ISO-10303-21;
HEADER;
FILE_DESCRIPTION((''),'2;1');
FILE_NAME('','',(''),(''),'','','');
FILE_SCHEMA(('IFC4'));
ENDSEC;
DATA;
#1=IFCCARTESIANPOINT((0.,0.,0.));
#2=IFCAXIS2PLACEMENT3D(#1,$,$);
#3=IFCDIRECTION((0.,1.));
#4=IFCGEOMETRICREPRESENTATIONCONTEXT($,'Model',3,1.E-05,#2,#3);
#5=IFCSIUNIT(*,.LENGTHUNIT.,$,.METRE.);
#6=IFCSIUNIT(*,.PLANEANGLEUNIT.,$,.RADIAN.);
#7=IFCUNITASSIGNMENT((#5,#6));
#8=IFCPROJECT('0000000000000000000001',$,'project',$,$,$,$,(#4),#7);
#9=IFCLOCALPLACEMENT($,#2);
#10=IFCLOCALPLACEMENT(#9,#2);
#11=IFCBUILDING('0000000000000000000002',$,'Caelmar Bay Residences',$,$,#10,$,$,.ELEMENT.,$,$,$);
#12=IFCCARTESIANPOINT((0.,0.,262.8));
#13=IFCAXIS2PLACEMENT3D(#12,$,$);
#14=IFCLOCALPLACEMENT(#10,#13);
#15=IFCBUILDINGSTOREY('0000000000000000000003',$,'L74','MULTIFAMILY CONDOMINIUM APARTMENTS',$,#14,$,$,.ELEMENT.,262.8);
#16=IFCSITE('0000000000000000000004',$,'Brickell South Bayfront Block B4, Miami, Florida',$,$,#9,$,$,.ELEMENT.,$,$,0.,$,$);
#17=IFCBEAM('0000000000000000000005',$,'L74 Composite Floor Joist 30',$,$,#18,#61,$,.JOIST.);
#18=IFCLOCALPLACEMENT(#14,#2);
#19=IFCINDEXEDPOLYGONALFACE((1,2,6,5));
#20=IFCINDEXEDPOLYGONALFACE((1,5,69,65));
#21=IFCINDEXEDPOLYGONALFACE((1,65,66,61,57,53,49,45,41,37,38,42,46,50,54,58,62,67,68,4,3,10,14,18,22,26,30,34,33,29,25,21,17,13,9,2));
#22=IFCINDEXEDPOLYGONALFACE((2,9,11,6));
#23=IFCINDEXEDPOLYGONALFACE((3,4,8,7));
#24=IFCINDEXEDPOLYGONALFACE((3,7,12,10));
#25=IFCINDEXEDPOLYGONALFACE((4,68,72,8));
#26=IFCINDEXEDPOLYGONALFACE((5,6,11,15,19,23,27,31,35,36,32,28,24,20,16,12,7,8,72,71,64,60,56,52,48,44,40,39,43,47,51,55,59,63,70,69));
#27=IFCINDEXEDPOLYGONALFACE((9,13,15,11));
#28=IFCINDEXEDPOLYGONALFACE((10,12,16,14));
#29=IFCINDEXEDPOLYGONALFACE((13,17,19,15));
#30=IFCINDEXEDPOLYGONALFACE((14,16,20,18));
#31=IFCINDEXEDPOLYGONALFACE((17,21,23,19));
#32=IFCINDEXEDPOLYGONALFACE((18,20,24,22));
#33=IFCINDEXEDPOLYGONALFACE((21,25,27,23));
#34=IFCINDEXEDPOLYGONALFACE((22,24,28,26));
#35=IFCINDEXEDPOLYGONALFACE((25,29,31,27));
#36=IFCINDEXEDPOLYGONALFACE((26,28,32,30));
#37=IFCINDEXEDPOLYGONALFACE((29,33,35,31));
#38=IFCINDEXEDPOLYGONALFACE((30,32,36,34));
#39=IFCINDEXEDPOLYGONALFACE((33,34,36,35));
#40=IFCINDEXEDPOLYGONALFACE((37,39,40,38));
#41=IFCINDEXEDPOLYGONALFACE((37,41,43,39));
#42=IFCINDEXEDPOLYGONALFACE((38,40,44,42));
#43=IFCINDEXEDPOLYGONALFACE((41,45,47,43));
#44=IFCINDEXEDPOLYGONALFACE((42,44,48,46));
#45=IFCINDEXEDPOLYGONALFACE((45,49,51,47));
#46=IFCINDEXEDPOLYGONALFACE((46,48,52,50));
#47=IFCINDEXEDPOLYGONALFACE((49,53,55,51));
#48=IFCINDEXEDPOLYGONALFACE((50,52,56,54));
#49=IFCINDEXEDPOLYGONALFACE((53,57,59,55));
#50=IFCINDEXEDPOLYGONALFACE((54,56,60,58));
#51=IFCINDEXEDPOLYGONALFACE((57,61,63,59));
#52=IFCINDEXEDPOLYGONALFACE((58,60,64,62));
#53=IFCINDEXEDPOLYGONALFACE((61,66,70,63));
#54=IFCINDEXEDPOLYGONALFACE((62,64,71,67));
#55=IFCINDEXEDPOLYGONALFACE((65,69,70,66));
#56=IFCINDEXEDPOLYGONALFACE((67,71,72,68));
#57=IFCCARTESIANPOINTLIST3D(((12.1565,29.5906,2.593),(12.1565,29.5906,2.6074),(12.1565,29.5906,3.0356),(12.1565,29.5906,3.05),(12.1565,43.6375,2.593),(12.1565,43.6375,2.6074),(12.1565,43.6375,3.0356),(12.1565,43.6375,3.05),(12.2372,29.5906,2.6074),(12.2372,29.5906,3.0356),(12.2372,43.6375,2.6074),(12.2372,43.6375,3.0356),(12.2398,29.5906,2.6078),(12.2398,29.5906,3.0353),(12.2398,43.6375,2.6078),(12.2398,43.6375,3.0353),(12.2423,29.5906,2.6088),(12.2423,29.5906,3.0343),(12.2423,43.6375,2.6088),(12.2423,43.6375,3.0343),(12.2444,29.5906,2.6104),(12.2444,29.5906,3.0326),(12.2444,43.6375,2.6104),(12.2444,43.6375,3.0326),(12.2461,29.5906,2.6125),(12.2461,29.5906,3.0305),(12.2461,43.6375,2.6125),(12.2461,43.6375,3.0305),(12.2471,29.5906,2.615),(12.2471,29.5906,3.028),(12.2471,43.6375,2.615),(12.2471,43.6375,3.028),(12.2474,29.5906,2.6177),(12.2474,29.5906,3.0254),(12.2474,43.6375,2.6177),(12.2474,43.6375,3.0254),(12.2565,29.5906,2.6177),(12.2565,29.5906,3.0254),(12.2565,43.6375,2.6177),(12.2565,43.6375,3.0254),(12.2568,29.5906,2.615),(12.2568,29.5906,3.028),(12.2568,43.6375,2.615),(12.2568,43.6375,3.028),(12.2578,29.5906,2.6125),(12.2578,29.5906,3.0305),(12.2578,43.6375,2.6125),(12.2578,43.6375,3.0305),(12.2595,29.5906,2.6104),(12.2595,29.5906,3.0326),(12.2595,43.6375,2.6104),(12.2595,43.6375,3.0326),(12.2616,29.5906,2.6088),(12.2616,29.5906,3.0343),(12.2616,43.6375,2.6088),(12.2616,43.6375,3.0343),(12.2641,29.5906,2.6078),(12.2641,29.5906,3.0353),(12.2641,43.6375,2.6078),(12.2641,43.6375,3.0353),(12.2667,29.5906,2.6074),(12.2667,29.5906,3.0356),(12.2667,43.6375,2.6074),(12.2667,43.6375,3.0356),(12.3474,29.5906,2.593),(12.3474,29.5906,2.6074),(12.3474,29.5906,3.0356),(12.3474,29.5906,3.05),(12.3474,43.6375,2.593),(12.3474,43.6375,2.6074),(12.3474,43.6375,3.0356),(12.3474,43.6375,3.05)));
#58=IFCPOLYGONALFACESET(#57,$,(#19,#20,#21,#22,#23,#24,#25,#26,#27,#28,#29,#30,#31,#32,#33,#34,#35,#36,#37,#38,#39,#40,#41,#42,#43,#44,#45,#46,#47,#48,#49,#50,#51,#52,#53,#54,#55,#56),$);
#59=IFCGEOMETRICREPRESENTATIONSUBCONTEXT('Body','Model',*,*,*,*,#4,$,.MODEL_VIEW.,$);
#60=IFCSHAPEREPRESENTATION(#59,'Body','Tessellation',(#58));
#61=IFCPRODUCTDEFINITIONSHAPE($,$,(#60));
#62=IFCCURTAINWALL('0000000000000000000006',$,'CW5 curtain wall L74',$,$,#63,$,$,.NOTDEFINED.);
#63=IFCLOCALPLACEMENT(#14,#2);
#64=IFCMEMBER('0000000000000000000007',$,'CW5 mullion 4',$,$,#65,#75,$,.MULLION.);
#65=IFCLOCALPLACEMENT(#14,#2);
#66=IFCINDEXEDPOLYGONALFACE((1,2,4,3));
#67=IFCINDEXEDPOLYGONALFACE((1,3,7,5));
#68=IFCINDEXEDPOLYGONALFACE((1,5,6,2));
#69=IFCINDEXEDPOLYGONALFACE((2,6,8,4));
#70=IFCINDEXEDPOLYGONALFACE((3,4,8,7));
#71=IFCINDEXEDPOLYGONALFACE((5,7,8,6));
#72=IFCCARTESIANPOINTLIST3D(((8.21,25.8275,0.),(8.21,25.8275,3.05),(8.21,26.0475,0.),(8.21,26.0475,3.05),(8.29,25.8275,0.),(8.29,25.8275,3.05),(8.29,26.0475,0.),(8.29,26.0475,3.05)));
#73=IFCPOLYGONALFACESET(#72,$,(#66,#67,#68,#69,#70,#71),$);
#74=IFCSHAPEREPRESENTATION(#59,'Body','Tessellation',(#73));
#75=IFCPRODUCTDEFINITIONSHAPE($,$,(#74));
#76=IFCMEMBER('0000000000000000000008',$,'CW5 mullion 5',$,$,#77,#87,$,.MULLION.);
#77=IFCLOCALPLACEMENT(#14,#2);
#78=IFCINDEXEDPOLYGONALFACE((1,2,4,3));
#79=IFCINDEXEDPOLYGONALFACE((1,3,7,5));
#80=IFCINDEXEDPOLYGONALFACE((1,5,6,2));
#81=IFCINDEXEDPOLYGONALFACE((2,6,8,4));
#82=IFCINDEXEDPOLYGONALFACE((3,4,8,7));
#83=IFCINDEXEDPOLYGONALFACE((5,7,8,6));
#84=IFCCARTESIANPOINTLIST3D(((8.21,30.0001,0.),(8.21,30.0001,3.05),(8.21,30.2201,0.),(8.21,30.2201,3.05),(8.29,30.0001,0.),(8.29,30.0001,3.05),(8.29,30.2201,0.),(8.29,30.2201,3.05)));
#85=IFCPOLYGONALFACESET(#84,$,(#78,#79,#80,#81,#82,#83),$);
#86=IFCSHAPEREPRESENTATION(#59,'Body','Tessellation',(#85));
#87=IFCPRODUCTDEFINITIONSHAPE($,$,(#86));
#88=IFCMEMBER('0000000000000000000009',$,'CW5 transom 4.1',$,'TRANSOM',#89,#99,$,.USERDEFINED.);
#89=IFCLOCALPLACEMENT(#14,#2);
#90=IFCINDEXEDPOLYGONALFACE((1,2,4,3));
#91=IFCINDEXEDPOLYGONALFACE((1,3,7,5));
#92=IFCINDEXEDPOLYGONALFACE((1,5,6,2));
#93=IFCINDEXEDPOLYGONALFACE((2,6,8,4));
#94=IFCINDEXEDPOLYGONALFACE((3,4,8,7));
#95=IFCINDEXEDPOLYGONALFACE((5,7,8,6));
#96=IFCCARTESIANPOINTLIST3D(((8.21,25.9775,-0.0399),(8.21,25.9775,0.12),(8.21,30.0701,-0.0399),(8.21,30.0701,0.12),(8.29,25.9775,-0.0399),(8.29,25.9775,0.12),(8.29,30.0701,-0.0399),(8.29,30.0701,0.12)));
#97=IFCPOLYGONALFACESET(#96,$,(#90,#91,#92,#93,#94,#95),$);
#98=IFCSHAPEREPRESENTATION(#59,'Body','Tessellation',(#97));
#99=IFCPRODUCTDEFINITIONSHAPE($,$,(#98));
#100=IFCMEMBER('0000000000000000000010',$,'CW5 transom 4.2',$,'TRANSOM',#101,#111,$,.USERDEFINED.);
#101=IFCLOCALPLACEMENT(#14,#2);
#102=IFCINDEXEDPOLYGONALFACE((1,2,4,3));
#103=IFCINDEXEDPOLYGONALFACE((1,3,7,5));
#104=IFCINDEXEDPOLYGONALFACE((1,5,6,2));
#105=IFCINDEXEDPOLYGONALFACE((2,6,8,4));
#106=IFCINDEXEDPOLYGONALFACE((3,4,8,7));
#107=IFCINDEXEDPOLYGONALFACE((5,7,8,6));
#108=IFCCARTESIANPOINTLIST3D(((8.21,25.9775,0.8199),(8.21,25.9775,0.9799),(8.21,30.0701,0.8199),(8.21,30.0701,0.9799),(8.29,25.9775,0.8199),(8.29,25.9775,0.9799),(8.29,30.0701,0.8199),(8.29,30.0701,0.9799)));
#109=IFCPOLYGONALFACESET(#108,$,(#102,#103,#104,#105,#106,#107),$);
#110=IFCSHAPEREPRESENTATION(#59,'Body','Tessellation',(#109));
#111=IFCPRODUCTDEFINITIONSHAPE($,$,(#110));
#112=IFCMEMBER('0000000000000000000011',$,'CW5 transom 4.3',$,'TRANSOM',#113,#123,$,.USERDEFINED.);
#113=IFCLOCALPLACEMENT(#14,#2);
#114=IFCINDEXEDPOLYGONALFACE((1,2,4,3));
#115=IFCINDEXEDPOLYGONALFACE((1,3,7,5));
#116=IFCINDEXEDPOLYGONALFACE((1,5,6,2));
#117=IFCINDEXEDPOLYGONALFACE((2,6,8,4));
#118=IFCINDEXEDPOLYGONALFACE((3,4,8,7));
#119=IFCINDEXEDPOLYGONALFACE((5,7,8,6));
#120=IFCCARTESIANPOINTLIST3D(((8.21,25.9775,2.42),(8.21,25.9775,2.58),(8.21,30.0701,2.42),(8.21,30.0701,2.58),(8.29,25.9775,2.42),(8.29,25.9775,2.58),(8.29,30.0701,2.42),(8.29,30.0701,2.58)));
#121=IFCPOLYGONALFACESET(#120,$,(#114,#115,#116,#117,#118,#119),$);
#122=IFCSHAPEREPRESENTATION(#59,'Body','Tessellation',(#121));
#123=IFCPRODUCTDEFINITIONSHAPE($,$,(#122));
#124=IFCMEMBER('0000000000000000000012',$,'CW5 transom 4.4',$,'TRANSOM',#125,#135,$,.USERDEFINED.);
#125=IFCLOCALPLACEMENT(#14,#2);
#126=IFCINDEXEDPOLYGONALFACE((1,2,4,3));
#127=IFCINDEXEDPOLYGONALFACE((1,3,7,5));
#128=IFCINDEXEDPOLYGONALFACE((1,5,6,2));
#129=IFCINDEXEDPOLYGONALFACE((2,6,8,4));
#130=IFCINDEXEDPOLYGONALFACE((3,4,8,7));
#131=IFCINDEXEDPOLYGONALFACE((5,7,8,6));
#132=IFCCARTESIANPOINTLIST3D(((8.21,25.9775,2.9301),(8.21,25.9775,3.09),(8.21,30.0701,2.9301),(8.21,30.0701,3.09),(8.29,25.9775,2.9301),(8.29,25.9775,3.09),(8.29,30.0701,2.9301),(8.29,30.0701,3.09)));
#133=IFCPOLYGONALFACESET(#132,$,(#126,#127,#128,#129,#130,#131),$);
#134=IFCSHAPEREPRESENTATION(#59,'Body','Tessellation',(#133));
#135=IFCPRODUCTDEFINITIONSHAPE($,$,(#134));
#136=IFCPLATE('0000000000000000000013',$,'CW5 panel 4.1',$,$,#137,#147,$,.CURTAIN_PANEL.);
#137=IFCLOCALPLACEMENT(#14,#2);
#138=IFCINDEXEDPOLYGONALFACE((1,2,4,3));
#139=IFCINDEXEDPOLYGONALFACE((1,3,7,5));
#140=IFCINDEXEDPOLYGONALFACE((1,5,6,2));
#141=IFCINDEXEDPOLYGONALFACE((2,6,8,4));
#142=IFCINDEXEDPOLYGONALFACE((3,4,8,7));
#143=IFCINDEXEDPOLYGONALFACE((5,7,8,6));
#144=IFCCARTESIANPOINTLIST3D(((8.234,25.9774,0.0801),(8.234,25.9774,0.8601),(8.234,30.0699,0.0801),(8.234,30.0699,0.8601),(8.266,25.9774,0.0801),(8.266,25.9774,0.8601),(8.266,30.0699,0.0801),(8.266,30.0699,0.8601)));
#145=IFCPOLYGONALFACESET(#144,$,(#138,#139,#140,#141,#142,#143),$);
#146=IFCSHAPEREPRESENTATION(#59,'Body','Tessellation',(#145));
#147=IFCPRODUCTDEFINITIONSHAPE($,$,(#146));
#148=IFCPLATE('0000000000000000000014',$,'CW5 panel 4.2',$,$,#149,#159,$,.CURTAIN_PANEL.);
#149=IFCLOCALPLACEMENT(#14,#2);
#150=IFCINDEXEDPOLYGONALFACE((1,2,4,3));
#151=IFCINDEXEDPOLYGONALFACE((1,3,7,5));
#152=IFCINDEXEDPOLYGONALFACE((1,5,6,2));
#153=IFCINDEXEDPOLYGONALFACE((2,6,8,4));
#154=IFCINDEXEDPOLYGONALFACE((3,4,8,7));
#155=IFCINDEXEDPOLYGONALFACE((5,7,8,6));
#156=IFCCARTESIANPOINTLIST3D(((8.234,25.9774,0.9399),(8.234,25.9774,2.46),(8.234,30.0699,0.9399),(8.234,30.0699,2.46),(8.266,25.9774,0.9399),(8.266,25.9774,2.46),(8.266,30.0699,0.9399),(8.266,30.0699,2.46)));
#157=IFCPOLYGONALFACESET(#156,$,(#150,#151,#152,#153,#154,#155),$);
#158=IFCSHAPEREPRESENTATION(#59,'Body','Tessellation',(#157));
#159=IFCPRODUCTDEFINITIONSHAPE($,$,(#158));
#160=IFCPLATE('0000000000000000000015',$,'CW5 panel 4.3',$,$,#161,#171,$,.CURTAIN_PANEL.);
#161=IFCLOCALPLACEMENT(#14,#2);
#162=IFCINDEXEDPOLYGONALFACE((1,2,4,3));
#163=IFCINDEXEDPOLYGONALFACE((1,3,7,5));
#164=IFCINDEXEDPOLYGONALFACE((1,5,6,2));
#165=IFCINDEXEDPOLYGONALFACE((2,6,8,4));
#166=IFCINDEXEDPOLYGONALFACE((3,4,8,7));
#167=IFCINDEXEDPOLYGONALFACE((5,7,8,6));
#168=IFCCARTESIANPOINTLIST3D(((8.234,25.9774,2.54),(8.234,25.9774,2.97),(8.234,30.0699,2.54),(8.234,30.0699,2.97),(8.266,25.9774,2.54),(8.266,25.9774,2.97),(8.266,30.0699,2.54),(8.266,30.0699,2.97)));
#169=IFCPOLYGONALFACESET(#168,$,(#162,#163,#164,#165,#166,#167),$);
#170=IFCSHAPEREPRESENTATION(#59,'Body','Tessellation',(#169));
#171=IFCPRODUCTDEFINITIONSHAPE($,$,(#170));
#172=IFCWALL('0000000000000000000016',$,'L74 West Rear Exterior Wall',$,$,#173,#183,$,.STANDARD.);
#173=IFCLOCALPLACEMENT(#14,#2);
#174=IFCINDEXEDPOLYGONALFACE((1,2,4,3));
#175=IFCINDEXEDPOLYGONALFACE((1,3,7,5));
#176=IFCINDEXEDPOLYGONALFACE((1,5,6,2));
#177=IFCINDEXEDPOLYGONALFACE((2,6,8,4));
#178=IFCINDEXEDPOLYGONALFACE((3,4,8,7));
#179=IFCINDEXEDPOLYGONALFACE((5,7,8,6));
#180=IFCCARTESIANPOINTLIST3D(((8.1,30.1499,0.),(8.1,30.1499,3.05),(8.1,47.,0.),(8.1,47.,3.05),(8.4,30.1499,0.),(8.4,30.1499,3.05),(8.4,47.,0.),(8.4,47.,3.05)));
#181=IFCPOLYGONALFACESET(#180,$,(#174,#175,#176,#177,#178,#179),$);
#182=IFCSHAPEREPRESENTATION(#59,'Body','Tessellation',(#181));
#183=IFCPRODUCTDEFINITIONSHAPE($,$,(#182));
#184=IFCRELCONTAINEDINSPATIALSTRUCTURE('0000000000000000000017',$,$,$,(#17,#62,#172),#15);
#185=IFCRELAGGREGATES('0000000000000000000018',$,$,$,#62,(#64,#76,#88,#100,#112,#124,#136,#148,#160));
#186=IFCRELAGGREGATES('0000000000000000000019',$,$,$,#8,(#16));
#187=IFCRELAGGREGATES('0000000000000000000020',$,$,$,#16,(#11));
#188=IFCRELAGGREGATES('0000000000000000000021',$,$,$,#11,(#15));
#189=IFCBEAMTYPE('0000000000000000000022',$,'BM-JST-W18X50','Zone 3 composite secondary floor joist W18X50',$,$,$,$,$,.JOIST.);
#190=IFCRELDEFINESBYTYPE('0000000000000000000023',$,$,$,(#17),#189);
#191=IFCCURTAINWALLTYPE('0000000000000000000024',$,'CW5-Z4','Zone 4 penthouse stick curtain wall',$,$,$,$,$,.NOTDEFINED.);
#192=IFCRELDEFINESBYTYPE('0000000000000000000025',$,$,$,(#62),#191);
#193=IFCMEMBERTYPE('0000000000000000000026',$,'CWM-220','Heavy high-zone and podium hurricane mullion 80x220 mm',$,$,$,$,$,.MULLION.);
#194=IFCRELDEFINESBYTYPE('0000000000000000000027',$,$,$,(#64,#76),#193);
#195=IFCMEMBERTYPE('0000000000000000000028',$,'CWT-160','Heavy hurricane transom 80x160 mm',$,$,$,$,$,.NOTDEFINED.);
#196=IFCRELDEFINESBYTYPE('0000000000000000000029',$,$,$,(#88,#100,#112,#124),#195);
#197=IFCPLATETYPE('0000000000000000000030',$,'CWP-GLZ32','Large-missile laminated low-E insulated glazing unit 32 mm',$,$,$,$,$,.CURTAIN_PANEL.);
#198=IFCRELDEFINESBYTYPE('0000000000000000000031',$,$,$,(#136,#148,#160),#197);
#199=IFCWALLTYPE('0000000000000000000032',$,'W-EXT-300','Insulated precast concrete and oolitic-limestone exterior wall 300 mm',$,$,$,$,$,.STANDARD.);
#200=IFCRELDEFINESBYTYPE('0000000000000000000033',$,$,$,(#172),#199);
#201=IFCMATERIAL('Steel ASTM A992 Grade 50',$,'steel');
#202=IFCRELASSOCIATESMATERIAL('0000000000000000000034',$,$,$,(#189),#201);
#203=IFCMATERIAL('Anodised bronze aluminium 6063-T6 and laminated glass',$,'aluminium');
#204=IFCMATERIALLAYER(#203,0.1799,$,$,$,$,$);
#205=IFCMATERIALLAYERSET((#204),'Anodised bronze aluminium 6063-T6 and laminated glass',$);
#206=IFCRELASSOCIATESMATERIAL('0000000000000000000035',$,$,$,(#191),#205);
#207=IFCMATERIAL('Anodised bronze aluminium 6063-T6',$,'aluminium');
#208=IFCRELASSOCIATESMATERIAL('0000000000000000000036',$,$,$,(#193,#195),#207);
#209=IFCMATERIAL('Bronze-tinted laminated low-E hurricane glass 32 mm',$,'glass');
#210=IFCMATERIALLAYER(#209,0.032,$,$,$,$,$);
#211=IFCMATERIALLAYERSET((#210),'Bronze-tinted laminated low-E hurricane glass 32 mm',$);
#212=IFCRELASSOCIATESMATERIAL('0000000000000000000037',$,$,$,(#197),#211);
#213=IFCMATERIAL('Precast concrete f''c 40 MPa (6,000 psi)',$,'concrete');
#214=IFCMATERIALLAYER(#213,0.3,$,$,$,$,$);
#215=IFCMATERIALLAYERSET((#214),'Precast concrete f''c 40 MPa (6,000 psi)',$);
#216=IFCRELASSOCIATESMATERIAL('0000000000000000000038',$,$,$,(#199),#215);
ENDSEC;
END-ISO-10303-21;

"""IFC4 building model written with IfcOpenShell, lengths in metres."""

from ifc_helpers import new_model, si_unit, direction, frame, frame_2d, origin, origin_2d, place, context, subcontext, project, spatial, rectangle, i_section, extrude, material, layer, layer_set, material_profile, profile_set, type_object, element, aggregate, save


model = new_model("IFC4")

# Units and contexts
model_context = context("Model", 3, precision=1e-05, world=origin(), true_north=direction((0.0, 1.0)))
body_context = subcontext(model_context, "Body", "Model", "MODEL_VIEW")
ifc_project = project(units=[si_unit("LENGTHUNIT", "METRE"), si_unit("PLANEANGLEUNIT", "RADIAN")], contexts=[model_context])

# Site, building, storey
site_placement = place(None, origin())
site = spatial("IfcSite", under=ifc_project, at=site_placement, Name="Brickell South Bayfront Block B4, Miami, Florida", CompositionType="ELEMENT", RefElevation=0.0)
building_placement = place(site_placement, origin())
building = spatial("IfcBuilding", under=site, at=building_placement, Name="Caelmar Bay Residences", CompositionType="ELEMENT")
storey_placement = place(building_placement, frame((0.0, 0.0, 262.8)))
storey = spatial("IfcBuildingStorey", under=building, at=storey_placement, Name="L74", Description="MULTIFAMILY CONDOMINIUM APARTMENTS", CompositionType="ELEMENT", Elevation=262.8)

# Beam
ifc_material_1 = material(Name="Steel ASTM A992 Grade 50", Category="steel")
ifc_material_profile_1 = material_profile(ifc_material_1, i_section(OverallWidth=0.1909, OverallDepth=0.457, WebThickness=0.009, FlangeThickness=0.0144, FilletRadius=0.0103, at=origin_2d()), Name="W18X50")
ifc_profile_set_1 = profile_set([ifc_material_profile_1], Name="Steel ASTM A992 Grade 50")
beam_type_1 = type_object("IfcBeamType", Name="BM-JST-W18X50", Description="Zone 3 composite secondary floor joist W18X50", PredefinedType="JOIST", material=ifc_profile_set_1)
beam_1_placement = place(storey_placement, frame((12.252, 29.5906, 2.8215), z_axis=(0.0, 1.0, 0.0), x_axis=(-1.0, 0.0, 0.0)))
element("IfcBeam", 1, at=beam_1_placement, inside=storey, type_object=beam_type_1, Name="L74 Composite Floor Joist 30", PredefinedType="JOIST", context=body_context, shape_type="SweptSolid", body=[
    extrude(i_section(OverallWidth=0.1909, OverallDepth=0.457, WebThickness=0.009, FlangeThickness=0.0144, FilletRadius=0.0103, at=origin_2d()), origin(), (0.0, 0.0, 1.0), 14.0469),
])

# Curtain wall, members, plates
ifc_material_2 = material(Name="Anodised bronze aluminium 6063-T6 and laminated glass", Category="aluminium")
ifc_layer_1 = layer(ifc_material_2, 0.1799)
ifc_layer_set_1 = layer_set([ifc_layer_1], Name="Anodised bronze aluminium 6063-T6 and laminated glass")
curtain_wall_type = type_object("IfcCurtainWallType", Name="CW5-Z4", Description="Zone 4 penthouse stick curtain wall", PredefinedType="NOTDEFINED", material=ifc_layer_set_1)
curtain_wall_placement = place(storey_placement, origin())
curtain_wall = element("IfcCurtainWall", 2, at=curtain_wall_placement, inside=storey, type_object=curtain_wall_type, Name="CW5 curtain wall L74", PredefinedType="NOTDEFINED")
ifc_material_3 = material(Name="Anodised bronze aluminium 6063-T6", Category="aluminium")
ifc_material_profile_2 = material_profile(ifc_material_3, rectangle(XDim=0.0801, YDim=0.22, at=origin_2d()), Name="CWM-80X220")
ifc_profile_set_2 = profile_set([ifc_material_profile_2], Name="Anodised bronze aluminium 6063-T6")
member_type_1 = type_object("IfcMemberType", Name="CWM-220", Description="Heavy high-zone and podium hurricane mullion 80x220 mm", PredefinedType="MULLION", material=ifc_profile_set_2)
member_1_placement = place(storey_placement, frame((8.25, 25.9375, 0.0), z_axis=(0.0, 0.0, 1.0), x_axis=(-1.0, 0.0, 0.0)))
member_1 = element("IfcMember", 3, at=member_1_placement, type_object=member_type_1, Name="CW5 mullion 4", PredefinedType="MULLION", context=body_context, shape_type="SweptSolid", body=[
    extrude(rectangle(XDim=0.0801, YDim=0.22, at=origin_2d()), origin(), (0.0, 0.0, 1.0), 3.05),
])
member_2_placement = place(storey_placement, frame((8.25, 30.1101, 0.0), z_axis=(0.0, 0.0, 1.0), x_axis=(-1.0, 0.0, 0.0)))
member_2 = element("IfcMember", 4, at=member_2_placement, type_object=member_type_1, Name="CW5 mullion 5", PredefinedType="MULLION", context=body_context, shape_type="SweptSolid", body=[
    extrude(rectangle(XDim=0.0801, YDim=0.22, at=origin_2d()), origin(), (0.0, 0.0, 1.0), 3.05),
])
ifc_material_profile_3 = material_profile(ifc_material_3, rectangle(XDim=0.0801, YDim=0.1599, at=origin_2d()), Name="CWT-80X160")
ifc_profile_set_3 = profile_set([ifc_material_profile_3], Name="Anodised bronze aluminium 6063-T6")
member_type_2 = type_object("IfcMemberType", Name="CWT-160", Description="Heavy hurricane transom 80x160 mm", PredefinedType="NOTDEFINED", material=ifc_profile_set_3)
member_3_placement = place(storey_placement, frame((8.25, 25.9775, 0.04), z_axis=(0.0, 1.0, 0.0), x_axis=(-1.0, 0.0, 0.0)))
member_3 = element("IfcMember", 5, at=member_3_placement, type_object=member_type_2, Name="CW5 transom 4.1", ObjectType="TRANSOM", PredefinedType="USERDEFINED", context=body_context, shape_type="SweptSolid", body=[
    extrude(rectangle(XDim=0.0801, YDim=0.1599, at=origin_2d()), origin(), (0.0, 0.0, 1.0), 4.0925),
])
member_4_placement = place(storey_placement, frame((8.25, 25.9775, 0.8999), z_axis=(0.0, 1.0, 0.0), x_axis=(-1.0, 0.0, 0.0)))
member_4 = element("IfcMember", 6, at=member_4_placement, type_object=member_type_2, Name="CW5 transom 4.2", ObjectType="TRANSOM", PredefinedType="USERDEFINED", context=body_context, shape_type="SweptSolid", body=[
    extrude(rectangle(XDim=0.0801, YDim=0.1599, at=origin_2d()), origin(), (0.0, 0.0, 1.0), 4.0925),
])
member_5_placement = place(storey_placement, frame((8.25, 25.9775, 2.5), z_axis=(0.0, 1.0, 0.0), x_axis=(-1.0, 0.0, 0.0)))
member_5 = element("IfcMember", 7, at=member_5_placement, type_object=member_type_2, Name="CW5 transom 4.3", ObjectType="TRANSOM", PredefinedType="USERDEFINED", context=body_context, shape_type="SweptSolid", body=[
    extrude(rectangle(XDim=0.0801, YDim=0.1599, at=origin_2d()), origin(), (0.0, 0.0, 1.0), 4.0925),
])
member_6_placement = place(storey_placement, frame((8.25, 25.9775, 3.01), z_axis=(0.0, 1.0, 0.0), x_axis=(-1.0, 0.0, 0.0)))
member_6 = element("IfcMember", 8, at=member_6_placement, type_object=member_type_2, Name="CW5 transom 4.4", ObjectType="TRANSOM", PredefinedType="USERDEFINED", context=body_context, shape_type="SweptSolid", body=[
    extrude(rectangle(XDim=0.0801, YDim=0.1599, at=origin_2d()), origin(), (0.0, 0.0, 1.0), 4.0925),
])
ifc_material_4 = material(Name="Bronze-tinted laminated low-E hurricane glass 32 mm", Category="glass")
ifc_layer_2 = layer(ifc_material_4, 0.032)
ifc_layer_set_2 = layer_set([ifc_layer_2], Name="Bronze-tinted laminated low-E hurricane glass 32 mm")
plate_type = type_object("IfcPlateType", Name="CWP-GLZ32", Description="Large-missile laminated low-E insulated glazing unit 32 mm", PredefinedType="CURTAIN_PANEL", material=ifc_layer_set_2)
plate_1_placement = place(storey_placement, frame((8.25, 28.0237, 0.0801), z_axis=(0.0, 0.0, 1.0), x_axis=(0.0, 1.0, 0.0)))
plate_1 = element("IfcPlate", 9, at=plate_1_placement, type_object=plate_type, Name="CW5 panel 4.1", PredefinedType="CURTAIN_PANEL", context=body_context, shape_type="SweptSolid", body=[
    extrude(rectangle(XDim=4.0925, YDim=0.032, at=origin_2d()), origin(), (0.0, 0.0, 1.0), 0.78),
])
plate_2_placement = place(storey_placement, frame((8.25, 28.0237, 0.9399), z_axis=(0.0, 0.0, 1.0), x_axis=(0.0, 1.0, 0.0)))
plate_2 = element("IfcPlate", 10, at=plate_2_placement, type_object=plate_type, Name="CW5 panel 4.2", PredefinedType="CURTAIN_PANEL", context=body_context, shape_type="SweptSolid", body=[
    extrude(rectangle(XDim=4.0925, YDim=0.032, at=origin_2d()), origin(), (0.0, 0.0, 1.0), 1.52),
])
plate_3_placement = place(storey_placement, frame((8.25, 28.0237, 2.54), z_axis=(0.0, 0.0, 1.0), x_axis=(0.0, 1.0, 0.0)))
plate_3 = element("IfcPlate", 11, at=plate_3_placement, type_object=plate_type, Name="CW5 panel 4.3", PredefinedType="CURTAIN_PANEL", context=body_context, shape_type="SweptSolid", body=[
    extrude(rectangle(XDim=4.0925, YDim=0.032, at=origin_2d()), origin(), (0.0, 0.0, 1.0), 0.4299),
])
aggregate(curtain_wall, [member_1, member_2, member_3, member_4, member_5, member_6, plate_1, plate_2, plate_3])

# Wall
ifc_material_5 = material(Name="Precast concrete f'c 40 MPa (6,000 psi)", Category="concrete")
ifc_layer_3 = layer(ifc_material_5, 0.3)
ifc_layer_set_3 = layer_set([ifc_layer_3], Name="Precast concrete f'c 40 MPa (6,000 psi)")
wall_type_1 = type_object("IfcWallType", Name="W-EXT-300", Description="Insulated precast concrete and oolitic-limestone exterior wall 300 mm", PredefinedType="STANDARD", material=ifc_layer_set_3)
wall_1_placement = place(storey_placement, frame((8.25, 30.1499, 0.0), z_axis=(0.0, 0.0, 1.0), x_axis=(0.0, 1.0, 0.0)))
element("IfcWall", 12, at=wall_1_placement, inside=storey, type_object=wall_type_1, Name="L74 West Rear Exterior Wall", PredefinedType="STANDARD", context=body_context, shape_type="SweptSolid", body=[
    extrude(rectangle(XDim=16.8501, YDim=0.3, at=frame_2d((8.425, 0.0))), origin(), (0.0, 0.0, 1.0), 3.05),
])

save(model, "model.ifc")
